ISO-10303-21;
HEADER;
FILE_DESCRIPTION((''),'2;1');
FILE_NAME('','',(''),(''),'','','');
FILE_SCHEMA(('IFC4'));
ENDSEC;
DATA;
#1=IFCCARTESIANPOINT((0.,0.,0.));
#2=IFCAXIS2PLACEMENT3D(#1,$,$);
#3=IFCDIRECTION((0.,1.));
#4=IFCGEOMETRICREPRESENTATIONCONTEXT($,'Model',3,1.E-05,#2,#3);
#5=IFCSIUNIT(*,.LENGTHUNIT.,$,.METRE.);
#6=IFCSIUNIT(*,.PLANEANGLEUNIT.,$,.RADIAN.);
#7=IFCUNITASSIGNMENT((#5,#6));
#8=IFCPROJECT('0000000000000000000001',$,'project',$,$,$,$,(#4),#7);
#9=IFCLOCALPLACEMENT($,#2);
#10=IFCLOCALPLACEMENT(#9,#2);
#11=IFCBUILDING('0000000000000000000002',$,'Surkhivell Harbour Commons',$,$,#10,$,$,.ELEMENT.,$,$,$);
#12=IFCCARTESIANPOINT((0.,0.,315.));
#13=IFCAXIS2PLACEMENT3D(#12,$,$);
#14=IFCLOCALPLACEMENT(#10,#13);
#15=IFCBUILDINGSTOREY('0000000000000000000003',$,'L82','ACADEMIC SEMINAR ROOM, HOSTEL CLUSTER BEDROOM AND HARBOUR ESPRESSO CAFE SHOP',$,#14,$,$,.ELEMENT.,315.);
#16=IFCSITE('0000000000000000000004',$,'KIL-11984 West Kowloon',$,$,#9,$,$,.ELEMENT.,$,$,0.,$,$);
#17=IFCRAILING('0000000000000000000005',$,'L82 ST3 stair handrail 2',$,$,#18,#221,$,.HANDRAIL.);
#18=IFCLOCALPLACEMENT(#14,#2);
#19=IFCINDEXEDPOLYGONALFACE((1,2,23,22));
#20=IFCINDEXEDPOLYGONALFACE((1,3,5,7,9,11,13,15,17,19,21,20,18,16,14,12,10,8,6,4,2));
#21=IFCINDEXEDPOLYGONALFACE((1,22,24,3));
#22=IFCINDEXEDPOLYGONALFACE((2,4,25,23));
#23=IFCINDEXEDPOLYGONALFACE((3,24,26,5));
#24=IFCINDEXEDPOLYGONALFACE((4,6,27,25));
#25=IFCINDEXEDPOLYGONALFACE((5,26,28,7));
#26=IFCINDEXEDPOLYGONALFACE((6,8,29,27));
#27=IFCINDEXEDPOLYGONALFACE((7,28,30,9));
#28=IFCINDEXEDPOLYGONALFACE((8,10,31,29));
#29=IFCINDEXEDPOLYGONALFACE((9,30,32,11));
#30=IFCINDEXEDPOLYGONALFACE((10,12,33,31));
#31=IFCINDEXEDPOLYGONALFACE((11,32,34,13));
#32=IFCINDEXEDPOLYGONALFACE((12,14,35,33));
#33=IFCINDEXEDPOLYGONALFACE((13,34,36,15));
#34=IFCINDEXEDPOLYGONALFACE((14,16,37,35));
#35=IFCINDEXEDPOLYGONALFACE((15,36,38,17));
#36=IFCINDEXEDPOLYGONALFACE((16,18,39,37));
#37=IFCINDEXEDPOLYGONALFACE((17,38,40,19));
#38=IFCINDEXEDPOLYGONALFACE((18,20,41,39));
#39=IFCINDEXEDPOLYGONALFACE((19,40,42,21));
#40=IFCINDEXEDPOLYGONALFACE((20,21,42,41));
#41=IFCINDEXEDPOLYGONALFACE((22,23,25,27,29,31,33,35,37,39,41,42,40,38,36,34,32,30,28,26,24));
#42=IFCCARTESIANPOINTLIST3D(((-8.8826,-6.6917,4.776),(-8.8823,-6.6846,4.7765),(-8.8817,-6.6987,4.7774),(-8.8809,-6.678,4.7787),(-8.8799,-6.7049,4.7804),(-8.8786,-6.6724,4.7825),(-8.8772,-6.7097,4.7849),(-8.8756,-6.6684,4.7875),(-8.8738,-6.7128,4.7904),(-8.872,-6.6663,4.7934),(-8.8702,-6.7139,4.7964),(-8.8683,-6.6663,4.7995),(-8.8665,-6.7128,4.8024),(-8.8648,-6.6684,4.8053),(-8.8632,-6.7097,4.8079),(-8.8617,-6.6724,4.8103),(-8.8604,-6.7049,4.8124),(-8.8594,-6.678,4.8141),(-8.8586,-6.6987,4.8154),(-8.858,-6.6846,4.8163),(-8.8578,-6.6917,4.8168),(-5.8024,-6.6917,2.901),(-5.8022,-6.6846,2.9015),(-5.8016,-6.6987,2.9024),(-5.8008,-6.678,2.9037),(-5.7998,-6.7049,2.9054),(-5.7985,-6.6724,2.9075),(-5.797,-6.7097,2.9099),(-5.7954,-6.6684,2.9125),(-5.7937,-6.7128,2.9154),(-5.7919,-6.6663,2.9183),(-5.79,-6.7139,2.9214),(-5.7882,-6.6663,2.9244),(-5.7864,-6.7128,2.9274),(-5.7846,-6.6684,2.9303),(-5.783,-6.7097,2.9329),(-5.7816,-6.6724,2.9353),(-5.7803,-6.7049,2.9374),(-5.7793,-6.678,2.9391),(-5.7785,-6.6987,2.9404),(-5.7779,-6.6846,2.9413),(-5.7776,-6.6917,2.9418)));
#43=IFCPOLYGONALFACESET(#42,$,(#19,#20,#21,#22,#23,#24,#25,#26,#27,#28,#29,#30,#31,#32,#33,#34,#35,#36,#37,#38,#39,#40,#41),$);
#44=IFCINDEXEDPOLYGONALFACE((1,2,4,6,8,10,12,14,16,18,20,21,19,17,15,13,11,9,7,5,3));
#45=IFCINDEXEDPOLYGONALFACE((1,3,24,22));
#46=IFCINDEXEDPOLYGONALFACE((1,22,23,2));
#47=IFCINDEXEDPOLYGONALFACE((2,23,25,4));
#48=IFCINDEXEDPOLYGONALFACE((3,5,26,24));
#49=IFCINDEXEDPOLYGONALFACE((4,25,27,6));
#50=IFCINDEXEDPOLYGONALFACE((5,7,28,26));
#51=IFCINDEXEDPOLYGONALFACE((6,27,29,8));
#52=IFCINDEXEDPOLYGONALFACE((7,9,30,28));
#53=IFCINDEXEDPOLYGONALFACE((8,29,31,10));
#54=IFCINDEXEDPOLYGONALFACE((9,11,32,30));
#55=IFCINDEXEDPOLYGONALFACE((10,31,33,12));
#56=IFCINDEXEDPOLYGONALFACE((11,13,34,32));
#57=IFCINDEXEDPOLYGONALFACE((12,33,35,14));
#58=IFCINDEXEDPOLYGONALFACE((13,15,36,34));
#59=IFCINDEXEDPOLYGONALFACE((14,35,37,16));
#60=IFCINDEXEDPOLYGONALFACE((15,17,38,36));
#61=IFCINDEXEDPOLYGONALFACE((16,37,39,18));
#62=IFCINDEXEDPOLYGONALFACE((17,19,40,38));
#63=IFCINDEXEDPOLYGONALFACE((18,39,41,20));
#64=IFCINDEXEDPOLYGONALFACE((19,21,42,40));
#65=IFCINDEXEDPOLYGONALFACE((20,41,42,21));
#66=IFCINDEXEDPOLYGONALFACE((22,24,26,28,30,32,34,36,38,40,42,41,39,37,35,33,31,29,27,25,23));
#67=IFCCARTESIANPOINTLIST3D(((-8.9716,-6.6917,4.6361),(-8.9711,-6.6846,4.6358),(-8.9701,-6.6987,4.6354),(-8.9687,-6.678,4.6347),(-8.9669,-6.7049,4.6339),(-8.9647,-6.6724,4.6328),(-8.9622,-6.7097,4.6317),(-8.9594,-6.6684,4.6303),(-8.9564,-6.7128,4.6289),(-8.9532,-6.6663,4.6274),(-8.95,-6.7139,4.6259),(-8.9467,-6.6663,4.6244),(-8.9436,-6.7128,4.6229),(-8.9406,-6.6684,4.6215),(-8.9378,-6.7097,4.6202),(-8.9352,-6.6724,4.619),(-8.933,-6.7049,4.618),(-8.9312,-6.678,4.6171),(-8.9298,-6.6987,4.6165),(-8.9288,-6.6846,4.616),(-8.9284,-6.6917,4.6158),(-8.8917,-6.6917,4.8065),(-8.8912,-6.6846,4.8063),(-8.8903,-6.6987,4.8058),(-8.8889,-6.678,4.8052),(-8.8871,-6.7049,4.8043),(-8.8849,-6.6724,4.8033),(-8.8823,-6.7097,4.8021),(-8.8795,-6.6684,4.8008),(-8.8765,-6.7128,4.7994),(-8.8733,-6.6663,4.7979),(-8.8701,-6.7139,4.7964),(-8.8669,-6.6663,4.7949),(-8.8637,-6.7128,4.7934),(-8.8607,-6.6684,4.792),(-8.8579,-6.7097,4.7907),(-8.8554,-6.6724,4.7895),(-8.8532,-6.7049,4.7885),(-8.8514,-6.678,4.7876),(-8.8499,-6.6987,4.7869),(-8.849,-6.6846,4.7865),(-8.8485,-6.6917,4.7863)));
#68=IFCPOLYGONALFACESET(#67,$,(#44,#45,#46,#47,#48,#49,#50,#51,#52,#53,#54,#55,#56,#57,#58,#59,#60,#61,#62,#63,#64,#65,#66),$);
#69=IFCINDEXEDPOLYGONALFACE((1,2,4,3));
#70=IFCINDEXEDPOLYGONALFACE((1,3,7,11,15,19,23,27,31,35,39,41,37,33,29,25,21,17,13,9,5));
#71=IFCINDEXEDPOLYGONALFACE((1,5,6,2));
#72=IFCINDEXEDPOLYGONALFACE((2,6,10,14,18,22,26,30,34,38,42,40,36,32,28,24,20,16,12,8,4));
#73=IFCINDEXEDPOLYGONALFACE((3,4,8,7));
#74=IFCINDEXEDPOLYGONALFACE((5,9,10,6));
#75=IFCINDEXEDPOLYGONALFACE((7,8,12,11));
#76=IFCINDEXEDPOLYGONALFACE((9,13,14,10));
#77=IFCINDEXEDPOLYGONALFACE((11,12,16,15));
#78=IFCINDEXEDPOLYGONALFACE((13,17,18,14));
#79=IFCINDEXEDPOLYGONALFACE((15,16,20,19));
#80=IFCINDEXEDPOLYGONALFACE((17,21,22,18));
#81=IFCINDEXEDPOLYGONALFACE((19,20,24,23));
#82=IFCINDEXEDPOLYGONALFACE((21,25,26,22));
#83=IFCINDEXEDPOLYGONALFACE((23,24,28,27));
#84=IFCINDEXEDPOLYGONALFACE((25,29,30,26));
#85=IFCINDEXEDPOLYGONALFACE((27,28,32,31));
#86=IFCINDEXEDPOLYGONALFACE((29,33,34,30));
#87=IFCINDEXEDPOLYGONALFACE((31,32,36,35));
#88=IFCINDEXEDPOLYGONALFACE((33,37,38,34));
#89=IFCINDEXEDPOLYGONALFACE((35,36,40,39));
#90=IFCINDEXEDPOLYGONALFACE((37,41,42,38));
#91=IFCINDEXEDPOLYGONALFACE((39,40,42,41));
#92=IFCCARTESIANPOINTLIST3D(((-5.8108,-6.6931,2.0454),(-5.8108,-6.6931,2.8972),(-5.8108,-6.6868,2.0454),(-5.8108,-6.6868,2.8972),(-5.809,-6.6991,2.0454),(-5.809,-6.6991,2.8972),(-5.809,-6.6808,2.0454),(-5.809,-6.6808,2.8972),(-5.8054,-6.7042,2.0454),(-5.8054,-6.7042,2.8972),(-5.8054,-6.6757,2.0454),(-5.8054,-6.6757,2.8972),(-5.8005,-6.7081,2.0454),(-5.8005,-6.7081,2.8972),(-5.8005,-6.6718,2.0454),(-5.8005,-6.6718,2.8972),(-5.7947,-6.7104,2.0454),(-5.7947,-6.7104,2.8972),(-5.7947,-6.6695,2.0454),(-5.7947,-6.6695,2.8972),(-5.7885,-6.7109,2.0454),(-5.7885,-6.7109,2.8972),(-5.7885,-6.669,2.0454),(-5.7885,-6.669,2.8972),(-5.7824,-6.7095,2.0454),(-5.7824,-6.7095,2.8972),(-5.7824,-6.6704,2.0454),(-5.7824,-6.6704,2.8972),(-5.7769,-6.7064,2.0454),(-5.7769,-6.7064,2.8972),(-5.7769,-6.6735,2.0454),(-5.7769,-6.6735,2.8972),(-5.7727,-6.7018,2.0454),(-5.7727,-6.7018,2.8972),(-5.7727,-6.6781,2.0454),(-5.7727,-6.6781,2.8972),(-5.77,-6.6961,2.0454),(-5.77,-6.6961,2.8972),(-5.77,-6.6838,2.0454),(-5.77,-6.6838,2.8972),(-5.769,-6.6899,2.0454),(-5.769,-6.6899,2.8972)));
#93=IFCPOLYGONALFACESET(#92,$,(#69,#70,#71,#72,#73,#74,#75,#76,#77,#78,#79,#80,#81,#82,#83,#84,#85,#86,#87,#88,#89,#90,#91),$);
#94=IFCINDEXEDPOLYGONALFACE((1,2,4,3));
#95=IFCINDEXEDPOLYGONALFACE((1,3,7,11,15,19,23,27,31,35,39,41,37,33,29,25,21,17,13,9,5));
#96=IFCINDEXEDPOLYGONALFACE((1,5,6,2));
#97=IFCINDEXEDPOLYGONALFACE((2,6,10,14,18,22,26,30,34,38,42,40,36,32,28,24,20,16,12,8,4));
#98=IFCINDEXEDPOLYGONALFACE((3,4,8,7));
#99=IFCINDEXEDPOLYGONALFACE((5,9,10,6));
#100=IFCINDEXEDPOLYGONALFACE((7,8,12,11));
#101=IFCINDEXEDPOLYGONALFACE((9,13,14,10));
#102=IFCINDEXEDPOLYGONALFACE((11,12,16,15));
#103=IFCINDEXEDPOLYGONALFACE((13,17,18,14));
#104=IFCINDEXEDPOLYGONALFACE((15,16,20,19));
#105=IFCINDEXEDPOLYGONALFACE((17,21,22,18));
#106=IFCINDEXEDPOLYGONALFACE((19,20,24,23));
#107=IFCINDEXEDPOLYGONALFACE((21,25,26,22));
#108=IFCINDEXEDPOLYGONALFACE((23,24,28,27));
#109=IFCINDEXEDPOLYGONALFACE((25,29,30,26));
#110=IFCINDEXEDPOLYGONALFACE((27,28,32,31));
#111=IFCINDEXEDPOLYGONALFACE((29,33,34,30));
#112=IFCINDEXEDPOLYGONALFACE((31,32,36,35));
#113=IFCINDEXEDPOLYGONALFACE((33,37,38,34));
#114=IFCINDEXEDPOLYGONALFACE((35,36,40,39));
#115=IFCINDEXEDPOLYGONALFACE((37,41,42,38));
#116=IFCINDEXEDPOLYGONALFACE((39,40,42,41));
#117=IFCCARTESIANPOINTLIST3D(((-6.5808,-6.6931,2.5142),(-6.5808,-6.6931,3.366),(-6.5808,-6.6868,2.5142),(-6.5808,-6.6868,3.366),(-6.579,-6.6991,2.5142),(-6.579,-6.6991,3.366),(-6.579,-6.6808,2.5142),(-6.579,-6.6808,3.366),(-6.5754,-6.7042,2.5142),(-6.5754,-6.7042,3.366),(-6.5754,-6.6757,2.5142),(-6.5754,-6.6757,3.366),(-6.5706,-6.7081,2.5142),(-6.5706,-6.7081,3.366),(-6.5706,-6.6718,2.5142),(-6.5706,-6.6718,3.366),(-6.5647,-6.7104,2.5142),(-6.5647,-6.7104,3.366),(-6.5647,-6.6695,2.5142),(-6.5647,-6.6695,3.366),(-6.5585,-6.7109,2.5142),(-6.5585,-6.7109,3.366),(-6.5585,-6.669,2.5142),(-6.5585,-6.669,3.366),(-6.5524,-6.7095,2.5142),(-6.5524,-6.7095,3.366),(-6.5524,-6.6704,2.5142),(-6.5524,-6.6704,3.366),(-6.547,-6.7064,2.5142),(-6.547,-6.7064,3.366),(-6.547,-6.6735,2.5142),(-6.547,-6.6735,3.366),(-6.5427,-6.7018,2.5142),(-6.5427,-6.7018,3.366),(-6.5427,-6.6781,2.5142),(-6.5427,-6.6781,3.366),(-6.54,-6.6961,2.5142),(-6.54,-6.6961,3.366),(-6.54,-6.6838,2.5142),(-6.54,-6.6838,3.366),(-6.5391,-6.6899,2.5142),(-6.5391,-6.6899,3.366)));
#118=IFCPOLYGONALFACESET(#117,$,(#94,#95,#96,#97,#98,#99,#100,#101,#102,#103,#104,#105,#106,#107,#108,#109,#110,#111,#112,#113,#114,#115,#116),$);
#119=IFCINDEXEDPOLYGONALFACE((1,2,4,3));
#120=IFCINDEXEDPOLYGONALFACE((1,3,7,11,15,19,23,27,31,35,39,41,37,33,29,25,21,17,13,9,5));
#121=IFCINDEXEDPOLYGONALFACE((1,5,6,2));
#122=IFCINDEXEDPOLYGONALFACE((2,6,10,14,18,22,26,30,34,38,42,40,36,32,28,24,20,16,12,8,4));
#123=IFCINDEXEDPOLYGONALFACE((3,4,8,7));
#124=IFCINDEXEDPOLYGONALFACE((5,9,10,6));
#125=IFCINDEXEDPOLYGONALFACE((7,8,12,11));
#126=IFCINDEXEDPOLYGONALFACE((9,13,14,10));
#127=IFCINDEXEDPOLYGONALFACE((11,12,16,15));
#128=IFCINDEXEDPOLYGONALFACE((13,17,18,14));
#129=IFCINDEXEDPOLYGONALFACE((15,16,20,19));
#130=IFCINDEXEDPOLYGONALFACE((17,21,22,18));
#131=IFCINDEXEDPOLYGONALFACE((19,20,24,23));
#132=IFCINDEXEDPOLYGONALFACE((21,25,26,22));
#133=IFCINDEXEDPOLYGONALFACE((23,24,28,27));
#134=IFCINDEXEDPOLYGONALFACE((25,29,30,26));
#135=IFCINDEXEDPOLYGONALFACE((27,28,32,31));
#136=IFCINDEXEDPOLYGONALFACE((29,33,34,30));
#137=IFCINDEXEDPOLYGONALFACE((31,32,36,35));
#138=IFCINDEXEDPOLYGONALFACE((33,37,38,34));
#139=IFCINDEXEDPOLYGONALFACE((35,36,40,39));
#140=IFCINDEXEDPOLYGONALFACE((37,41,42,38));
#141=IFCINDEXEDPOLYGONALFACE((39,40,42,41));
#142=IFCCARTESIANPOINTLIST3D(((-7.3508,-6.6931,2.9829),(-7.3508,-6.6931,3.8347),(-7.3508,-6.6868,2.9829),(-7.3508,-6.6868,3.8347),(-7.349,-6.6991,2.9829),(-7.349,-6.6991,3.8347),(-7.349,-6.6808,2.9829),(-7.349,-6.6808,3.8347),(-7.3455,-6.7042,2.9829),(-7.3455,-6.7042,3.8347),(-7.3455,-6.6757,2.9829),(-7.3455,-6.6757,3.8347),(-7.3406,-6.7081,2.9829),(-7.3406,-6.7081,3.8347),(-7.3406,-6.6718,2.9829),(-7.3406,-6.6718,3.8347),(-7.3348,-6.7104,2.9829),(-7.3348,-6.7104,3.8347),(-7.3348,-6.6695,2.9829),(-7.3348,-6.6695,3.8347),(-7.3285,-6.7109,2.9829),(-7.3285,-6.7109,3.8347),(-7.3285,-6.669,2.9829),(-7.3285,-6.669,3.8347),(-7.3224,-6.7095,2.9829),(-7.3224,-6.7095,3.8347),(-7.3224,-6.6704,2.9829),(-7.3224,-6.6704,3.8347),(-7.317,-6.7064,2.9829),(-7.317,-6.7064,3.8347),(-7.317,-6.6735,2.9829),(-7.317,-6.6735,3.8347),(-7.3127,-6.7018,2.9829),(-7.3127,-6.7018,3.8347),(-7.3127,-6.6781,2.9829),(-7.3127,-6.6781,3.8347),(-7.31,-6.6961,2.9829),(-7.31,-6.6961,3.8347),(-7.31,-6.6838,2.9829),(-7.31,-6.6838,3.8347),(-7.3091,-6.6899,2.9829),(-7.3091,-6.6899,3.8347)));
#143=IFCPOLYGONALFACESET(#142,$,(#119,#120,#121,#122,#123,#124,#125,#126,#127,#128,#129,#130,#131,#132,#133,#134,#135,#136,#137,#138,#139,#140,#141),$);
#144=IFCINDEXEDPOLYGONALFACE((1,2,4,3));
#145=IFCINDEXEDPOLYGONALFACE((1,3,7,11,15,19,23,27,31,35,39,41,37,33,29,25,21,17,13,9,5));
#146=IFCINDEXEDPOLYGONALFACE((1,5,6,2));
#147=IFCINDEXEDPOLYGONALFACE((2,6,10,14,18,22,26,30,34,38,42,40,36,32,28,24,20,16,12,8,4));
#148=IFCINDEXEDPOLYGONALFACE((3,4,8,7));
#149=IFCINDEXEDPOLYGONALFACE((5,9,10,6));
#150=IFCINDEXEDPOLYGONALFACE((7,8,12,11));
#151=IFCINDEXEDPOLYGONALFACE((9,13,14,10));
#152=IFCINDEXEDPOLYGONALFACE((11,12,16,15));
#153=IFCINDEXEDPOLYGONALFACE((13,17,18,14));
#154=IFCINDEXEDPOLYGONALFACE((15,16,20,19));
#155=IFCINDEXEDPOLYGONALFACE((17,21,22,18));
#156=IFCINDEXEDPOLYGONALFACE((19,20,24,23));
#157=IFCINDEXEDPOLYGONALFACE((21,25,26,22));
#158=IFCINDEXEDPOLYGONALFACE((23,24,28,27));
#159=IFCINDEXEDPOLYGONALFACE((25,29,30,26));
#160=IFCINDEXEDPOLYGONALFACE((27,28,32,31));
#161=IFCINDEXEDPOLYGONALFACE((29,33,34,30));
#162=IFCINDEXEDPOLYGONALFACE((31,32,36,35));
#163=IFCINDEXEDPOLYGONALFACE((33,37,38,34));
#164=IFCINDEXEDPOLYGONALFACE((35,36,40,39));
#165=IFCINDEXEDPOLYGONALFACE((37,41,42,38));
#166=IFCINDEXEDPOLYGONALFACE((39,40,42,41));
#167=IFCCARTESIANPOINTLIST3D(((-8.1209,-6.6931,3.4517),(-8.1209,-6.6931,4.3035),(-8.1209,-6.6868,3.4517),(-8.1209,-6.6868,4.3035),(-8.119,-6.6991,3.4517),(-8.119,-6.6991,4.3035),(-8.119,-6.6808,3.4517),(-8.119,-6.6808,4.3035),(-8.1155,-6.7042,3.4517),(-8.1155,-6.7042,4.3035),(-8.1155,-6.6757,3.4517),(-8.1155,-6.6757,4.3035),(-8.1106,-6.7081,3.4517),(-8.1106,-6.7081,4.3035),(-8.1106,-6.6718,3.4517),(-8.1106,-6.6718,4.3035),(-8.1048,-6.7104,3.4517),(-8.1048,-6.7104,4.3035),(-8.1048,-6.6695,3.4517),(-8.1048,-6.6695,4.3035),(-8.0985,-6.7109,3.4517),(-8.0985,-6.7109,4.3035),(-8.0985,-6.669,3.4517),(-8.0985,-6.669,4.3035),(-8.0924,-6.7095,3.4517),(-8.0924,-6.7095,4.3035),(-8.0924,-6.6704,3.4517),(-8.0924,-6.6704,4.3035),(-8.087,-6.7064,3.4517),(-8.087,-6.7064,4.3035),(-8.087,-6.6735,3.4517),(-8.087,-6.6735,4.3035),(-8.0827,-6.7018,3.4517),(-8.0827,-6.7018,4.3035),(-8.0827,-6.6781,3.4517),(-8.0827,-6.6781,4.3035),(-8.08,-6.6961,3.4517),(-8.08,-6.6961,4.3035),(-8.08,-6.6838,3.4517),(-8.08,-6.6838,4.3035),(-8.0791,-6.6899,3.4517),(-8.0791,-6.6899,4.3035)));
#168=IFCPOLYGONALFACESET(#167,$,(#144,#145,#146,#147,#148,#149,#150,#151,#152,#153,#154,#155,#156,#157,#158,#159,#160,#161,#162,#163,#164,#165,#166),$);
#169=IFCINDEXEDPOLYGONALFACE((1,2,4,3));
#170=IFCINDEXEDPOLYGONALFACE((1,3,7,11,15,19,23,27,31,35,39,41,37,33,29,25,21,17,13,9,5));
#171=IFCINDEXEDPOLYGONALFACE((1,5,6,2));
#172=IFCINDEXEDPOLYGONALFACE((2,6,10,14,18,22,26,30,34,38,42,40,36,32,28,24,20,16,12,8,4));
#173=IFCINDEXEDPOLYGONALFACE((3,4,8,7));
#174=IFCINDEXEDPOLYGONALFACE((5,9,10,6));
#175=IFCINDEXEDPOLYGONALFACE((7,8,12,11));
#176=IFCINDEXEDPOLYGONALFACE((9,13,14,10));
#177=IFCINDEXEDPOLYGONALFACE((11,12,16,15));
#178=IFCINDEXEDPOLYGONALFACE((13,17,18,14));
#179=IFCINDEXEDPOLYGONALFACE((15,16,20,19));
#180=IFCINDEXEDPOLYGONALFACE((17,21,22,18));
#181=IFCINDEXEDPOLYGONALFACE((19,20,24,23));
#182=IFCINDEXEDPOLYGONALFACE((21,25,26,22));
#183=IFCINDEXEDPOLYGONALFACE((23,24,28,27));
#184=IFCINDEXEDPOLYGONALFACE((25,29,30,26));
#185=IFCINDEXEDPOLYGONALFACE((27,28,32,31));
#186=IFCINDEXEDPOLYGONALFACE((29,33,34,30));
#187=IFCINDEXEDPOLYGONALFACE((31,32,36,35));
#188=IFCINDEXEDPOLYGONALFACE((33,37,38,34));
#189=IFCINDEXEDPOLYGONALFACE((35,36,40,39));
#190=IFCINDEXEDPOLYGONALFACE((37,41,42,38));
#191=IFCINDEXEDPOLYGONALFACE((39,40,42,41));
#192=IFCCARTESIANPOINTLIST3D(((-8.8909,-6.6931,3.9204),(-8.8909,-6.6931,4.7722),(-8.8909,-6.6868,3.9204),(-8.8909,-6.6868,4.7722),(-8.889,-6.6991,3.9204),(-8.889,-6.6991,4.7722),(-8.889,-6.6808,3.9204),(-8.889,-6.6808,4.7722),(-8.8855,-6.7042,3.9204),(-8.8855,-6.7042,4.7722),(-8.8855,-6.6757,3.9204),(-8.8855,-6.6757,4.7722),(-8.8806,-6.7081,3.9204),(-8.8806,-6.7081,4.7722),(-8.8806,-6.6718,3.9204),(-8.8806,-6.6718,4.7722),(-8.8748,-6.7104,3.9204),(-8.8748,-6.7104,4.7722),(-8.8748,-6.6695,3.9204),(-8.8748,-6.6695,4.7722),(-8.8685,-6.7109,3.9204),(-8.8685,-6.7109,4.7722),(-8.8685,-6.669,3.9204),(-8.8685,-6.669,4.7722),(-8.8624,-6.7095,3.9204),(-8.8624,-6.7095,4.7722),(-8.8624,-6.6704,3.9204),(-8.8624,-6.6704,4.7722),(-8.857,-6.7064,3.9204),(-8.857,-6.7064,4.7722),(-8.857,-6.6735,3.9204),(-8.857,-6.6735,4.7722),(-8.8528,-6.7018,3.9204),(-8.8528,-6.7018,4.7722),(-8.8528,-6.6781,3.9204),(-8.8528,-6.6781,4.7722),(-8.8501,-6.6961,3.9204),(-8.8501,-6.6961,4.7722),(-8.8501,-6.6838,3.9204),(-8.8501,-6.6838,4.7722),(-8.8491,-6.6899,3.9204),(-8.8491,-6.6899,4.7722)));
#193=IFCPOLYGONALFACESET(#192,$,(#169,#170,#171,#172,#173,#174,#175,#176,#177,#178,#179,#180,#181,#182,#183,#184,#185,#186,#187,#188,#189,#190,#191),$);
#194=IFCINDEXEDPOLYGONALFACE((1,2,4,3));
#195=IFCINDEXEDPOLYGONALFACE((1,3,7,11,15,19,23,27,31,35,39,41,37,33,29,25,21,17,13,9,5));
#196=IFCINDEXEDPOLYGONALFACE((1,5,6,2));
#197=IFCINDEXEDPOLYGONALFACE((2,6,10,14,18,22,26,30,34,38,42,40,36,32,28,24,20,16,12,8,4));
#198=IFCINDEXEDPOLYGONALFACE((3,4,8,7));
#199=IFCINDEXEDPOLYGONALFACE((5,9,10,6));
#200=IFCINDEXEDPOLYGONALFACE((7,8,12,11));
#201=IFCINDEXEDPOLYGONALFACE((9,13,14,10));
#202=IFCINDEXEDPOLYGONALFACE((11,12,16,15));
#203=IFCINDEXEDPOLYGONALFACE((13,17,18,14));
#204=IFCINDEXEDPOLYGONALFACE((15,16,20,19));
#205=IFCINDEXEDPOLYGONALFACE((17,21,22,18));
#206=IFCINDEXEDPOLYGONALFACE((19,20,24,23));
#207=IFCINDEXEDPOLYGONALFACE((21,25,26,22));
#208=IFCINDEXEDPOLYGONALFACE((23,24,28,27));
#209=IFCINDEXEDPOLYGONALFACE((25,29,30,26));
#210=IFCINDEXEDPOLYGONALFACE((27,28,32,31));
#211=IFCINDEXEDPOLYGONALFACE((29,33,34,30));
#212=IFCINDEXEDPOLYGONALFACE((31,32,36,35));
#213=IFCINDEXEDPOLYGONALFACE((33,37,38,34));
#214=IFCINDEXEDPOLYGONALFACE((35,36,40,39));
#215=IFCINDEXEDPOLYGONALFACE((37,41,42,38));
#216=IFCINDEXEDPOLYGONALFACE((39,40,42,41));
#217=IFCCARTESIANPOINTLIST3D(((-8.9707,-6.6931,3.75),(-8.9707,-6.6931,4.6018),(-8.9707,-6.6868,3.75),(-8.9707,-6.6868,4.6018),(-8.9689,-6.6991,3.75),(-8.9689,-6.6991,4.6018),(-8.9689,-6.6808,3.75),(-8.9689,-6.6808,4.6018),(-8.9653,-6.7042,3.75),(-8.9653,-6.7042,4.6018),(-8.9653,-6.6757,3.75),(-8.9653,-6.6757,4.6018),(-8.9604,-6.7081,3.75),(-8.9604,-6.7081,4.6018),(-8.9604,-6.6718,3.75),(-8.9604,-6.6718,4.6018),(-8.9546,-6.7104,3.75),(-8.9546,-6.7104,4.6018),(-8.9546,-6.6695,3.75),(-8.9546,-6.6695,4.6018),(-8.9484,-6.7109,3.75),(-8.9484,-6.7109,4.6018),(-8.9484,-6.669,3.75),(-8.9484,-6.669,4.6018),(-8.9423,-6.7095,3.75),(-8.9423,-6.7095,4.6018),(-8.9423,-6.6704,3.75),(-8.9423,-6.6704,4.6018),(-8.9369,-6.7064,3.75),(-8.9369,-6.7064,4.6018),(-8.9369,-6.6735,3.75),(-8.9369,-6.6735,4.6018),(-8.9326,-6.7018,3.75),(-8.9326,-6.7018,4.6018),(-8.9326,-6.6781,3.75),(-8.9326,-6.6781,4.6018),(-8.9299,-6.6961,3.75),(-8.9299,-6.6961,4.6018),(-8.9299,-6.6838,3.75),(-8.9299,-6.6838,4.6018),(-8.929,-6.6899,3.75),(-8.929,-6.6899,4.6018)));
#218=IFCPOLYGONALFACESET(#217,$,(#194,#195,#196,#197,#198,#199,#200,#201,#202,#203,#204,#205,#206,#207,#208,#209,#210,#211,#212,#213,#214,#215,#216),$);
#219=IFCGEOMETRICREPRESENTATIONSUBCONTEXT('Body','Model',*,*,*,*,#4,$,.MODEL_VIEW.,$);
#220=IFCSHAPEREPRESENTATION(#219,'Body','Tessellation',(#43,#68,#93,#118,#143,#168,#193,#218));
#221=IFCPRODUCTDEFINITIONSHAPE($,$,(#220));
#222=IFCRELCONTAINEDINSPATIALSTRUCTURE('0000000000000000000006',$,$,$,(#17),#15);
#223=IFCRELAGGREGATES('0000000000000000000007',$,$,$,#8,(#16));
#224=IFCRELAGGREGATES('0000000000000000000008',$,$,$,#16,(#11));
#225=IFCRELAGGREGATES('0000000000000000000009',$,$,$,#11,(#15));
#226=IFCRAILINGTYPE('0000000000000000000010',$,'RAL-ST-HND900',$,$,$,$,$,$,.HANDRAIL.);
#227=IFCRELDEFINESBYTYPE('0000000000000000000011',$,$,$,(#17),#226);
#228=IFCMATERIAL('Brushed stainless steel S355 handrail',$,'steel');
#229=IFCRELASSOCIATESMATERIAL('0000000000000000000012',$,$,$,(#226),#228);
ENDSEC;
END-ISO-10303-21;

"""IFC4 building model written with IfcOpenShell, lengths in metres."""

from ifc_helpers import new_model, si_unit, direction, frame, origin, origin_2d, place, context, subcontext, project, spatial, circle, extrude, material, type_object, element, save


model = new_model("IFC4")

# Units and contexts
model_context = context("Model", 3, precision=1e-05, world=origin(), true_north=direction((0.0, 1.0)))
body_context = subcontext(model_context, "Body", "Model", "MODEL_VIEW")
ifc_project = project(units=[si_unit("LENGTHUNIT", "METRE"), si_unit("PLANEANGLEUNIT", "RADIAN")], contexts=[model_context])

# Site, building, storey
site_placement = place(None, origin())
site = spatial("IfcSite", under=ifc_project, at=site_placement, Name="KIL-11984 West Kowloon", CompositionType="ELEMENT", RefElevation=0.0)
building_placement = place(site_placement, origin())
building = spatial("IfcBuilding", under=site, at=building_placement, Name="Surkhivell Harbour Commons", CompositionType="ELEMENT")
storey_placement = place(building_placement, frame((0.0, 0.0, 315.0)))
storey = spatial("IfcBuildingStorey", under=building, at=storey_placement, Name="L82", Description="ACADEMIC SEMINAR ROOM, HOSTEL CLUSTER BEDROOM AND HARBOUR ESPRESSO CAFE SHOP", CompositionType="ELEMENT", Elevation=315.0)

# Railing
ifc_material_1 = material(Name="Brushed stainless steel S355 handrail", Category="steel")
railing_type = type_object("IfcRailingType", Name="RAL-ST-HND900", PredefinedType="HANDRAIL", material=ifc_material_1)
railing_placement = place(storey_placement, frame((-5.79, -6.6899, 2.0454)))
element("IfcRailing", 1, at=railing_placement, inside=storey, type_object=railing_type, Name="L82 ST3 stair handrail 2", PredefinedType="HANDRAIL", context=body_context, shape_type="SweptSolid", body=[
    extrude(circle(Radius=0.0239, at=origin_2d()), frame((0.0, 0.0, 0.876), z_axis=(-0.854178, 0.0, 0.519981), x_axis=(0.0, -1.0, 0.0)), (0.0, 0.0, 1.0), 3.606),
    extrude(circle(Radius=0.0239, at=origin_2d()), frame((-3.0801, 0.0, 2.751), z_axis=(-0.424234, 0.0, -0.905552), x_axis=(0.0, -1.0, 0.0)), (0.0, 0.0, 1.0), 0.1882),
    extrude(circle(Radius=0.021, at=origin_2d()), origin(), (0.0, 0.0, 1.0), 0.8518),
    extrude(circle(Radius=0.021, at=origin_2d()), frame((-0.77, 0.0, 0.4688)), (0.0, 0.0, 1.0), 0.8518),
    extrude(circle(Radius=0.021, at=origin_2d()), frame((-1.54, 0.0, 0.9375)), (0.0, 0.0, 1.0), 0.8518),
    extrude(circle(Radius=0.021, at=origin_2d()), frame((-2.3101, 0.0, 1.4062)), (0.0, 0.0, 1.0), 0.8518),
    extrude(circle(Radius=0.021, at=origin_2d()), frame((-3.0801, 0.0, 1.875)), (0.0, 0.0, 1.0), 0.8518),
    extrude(circle(Radius=0.021, at=origin_2d()), frame((-3.1599, 0.0, 1.7046)), (0.0, 0.0, 1.0), 0.8518),
])

save(model, "model.ifc")
